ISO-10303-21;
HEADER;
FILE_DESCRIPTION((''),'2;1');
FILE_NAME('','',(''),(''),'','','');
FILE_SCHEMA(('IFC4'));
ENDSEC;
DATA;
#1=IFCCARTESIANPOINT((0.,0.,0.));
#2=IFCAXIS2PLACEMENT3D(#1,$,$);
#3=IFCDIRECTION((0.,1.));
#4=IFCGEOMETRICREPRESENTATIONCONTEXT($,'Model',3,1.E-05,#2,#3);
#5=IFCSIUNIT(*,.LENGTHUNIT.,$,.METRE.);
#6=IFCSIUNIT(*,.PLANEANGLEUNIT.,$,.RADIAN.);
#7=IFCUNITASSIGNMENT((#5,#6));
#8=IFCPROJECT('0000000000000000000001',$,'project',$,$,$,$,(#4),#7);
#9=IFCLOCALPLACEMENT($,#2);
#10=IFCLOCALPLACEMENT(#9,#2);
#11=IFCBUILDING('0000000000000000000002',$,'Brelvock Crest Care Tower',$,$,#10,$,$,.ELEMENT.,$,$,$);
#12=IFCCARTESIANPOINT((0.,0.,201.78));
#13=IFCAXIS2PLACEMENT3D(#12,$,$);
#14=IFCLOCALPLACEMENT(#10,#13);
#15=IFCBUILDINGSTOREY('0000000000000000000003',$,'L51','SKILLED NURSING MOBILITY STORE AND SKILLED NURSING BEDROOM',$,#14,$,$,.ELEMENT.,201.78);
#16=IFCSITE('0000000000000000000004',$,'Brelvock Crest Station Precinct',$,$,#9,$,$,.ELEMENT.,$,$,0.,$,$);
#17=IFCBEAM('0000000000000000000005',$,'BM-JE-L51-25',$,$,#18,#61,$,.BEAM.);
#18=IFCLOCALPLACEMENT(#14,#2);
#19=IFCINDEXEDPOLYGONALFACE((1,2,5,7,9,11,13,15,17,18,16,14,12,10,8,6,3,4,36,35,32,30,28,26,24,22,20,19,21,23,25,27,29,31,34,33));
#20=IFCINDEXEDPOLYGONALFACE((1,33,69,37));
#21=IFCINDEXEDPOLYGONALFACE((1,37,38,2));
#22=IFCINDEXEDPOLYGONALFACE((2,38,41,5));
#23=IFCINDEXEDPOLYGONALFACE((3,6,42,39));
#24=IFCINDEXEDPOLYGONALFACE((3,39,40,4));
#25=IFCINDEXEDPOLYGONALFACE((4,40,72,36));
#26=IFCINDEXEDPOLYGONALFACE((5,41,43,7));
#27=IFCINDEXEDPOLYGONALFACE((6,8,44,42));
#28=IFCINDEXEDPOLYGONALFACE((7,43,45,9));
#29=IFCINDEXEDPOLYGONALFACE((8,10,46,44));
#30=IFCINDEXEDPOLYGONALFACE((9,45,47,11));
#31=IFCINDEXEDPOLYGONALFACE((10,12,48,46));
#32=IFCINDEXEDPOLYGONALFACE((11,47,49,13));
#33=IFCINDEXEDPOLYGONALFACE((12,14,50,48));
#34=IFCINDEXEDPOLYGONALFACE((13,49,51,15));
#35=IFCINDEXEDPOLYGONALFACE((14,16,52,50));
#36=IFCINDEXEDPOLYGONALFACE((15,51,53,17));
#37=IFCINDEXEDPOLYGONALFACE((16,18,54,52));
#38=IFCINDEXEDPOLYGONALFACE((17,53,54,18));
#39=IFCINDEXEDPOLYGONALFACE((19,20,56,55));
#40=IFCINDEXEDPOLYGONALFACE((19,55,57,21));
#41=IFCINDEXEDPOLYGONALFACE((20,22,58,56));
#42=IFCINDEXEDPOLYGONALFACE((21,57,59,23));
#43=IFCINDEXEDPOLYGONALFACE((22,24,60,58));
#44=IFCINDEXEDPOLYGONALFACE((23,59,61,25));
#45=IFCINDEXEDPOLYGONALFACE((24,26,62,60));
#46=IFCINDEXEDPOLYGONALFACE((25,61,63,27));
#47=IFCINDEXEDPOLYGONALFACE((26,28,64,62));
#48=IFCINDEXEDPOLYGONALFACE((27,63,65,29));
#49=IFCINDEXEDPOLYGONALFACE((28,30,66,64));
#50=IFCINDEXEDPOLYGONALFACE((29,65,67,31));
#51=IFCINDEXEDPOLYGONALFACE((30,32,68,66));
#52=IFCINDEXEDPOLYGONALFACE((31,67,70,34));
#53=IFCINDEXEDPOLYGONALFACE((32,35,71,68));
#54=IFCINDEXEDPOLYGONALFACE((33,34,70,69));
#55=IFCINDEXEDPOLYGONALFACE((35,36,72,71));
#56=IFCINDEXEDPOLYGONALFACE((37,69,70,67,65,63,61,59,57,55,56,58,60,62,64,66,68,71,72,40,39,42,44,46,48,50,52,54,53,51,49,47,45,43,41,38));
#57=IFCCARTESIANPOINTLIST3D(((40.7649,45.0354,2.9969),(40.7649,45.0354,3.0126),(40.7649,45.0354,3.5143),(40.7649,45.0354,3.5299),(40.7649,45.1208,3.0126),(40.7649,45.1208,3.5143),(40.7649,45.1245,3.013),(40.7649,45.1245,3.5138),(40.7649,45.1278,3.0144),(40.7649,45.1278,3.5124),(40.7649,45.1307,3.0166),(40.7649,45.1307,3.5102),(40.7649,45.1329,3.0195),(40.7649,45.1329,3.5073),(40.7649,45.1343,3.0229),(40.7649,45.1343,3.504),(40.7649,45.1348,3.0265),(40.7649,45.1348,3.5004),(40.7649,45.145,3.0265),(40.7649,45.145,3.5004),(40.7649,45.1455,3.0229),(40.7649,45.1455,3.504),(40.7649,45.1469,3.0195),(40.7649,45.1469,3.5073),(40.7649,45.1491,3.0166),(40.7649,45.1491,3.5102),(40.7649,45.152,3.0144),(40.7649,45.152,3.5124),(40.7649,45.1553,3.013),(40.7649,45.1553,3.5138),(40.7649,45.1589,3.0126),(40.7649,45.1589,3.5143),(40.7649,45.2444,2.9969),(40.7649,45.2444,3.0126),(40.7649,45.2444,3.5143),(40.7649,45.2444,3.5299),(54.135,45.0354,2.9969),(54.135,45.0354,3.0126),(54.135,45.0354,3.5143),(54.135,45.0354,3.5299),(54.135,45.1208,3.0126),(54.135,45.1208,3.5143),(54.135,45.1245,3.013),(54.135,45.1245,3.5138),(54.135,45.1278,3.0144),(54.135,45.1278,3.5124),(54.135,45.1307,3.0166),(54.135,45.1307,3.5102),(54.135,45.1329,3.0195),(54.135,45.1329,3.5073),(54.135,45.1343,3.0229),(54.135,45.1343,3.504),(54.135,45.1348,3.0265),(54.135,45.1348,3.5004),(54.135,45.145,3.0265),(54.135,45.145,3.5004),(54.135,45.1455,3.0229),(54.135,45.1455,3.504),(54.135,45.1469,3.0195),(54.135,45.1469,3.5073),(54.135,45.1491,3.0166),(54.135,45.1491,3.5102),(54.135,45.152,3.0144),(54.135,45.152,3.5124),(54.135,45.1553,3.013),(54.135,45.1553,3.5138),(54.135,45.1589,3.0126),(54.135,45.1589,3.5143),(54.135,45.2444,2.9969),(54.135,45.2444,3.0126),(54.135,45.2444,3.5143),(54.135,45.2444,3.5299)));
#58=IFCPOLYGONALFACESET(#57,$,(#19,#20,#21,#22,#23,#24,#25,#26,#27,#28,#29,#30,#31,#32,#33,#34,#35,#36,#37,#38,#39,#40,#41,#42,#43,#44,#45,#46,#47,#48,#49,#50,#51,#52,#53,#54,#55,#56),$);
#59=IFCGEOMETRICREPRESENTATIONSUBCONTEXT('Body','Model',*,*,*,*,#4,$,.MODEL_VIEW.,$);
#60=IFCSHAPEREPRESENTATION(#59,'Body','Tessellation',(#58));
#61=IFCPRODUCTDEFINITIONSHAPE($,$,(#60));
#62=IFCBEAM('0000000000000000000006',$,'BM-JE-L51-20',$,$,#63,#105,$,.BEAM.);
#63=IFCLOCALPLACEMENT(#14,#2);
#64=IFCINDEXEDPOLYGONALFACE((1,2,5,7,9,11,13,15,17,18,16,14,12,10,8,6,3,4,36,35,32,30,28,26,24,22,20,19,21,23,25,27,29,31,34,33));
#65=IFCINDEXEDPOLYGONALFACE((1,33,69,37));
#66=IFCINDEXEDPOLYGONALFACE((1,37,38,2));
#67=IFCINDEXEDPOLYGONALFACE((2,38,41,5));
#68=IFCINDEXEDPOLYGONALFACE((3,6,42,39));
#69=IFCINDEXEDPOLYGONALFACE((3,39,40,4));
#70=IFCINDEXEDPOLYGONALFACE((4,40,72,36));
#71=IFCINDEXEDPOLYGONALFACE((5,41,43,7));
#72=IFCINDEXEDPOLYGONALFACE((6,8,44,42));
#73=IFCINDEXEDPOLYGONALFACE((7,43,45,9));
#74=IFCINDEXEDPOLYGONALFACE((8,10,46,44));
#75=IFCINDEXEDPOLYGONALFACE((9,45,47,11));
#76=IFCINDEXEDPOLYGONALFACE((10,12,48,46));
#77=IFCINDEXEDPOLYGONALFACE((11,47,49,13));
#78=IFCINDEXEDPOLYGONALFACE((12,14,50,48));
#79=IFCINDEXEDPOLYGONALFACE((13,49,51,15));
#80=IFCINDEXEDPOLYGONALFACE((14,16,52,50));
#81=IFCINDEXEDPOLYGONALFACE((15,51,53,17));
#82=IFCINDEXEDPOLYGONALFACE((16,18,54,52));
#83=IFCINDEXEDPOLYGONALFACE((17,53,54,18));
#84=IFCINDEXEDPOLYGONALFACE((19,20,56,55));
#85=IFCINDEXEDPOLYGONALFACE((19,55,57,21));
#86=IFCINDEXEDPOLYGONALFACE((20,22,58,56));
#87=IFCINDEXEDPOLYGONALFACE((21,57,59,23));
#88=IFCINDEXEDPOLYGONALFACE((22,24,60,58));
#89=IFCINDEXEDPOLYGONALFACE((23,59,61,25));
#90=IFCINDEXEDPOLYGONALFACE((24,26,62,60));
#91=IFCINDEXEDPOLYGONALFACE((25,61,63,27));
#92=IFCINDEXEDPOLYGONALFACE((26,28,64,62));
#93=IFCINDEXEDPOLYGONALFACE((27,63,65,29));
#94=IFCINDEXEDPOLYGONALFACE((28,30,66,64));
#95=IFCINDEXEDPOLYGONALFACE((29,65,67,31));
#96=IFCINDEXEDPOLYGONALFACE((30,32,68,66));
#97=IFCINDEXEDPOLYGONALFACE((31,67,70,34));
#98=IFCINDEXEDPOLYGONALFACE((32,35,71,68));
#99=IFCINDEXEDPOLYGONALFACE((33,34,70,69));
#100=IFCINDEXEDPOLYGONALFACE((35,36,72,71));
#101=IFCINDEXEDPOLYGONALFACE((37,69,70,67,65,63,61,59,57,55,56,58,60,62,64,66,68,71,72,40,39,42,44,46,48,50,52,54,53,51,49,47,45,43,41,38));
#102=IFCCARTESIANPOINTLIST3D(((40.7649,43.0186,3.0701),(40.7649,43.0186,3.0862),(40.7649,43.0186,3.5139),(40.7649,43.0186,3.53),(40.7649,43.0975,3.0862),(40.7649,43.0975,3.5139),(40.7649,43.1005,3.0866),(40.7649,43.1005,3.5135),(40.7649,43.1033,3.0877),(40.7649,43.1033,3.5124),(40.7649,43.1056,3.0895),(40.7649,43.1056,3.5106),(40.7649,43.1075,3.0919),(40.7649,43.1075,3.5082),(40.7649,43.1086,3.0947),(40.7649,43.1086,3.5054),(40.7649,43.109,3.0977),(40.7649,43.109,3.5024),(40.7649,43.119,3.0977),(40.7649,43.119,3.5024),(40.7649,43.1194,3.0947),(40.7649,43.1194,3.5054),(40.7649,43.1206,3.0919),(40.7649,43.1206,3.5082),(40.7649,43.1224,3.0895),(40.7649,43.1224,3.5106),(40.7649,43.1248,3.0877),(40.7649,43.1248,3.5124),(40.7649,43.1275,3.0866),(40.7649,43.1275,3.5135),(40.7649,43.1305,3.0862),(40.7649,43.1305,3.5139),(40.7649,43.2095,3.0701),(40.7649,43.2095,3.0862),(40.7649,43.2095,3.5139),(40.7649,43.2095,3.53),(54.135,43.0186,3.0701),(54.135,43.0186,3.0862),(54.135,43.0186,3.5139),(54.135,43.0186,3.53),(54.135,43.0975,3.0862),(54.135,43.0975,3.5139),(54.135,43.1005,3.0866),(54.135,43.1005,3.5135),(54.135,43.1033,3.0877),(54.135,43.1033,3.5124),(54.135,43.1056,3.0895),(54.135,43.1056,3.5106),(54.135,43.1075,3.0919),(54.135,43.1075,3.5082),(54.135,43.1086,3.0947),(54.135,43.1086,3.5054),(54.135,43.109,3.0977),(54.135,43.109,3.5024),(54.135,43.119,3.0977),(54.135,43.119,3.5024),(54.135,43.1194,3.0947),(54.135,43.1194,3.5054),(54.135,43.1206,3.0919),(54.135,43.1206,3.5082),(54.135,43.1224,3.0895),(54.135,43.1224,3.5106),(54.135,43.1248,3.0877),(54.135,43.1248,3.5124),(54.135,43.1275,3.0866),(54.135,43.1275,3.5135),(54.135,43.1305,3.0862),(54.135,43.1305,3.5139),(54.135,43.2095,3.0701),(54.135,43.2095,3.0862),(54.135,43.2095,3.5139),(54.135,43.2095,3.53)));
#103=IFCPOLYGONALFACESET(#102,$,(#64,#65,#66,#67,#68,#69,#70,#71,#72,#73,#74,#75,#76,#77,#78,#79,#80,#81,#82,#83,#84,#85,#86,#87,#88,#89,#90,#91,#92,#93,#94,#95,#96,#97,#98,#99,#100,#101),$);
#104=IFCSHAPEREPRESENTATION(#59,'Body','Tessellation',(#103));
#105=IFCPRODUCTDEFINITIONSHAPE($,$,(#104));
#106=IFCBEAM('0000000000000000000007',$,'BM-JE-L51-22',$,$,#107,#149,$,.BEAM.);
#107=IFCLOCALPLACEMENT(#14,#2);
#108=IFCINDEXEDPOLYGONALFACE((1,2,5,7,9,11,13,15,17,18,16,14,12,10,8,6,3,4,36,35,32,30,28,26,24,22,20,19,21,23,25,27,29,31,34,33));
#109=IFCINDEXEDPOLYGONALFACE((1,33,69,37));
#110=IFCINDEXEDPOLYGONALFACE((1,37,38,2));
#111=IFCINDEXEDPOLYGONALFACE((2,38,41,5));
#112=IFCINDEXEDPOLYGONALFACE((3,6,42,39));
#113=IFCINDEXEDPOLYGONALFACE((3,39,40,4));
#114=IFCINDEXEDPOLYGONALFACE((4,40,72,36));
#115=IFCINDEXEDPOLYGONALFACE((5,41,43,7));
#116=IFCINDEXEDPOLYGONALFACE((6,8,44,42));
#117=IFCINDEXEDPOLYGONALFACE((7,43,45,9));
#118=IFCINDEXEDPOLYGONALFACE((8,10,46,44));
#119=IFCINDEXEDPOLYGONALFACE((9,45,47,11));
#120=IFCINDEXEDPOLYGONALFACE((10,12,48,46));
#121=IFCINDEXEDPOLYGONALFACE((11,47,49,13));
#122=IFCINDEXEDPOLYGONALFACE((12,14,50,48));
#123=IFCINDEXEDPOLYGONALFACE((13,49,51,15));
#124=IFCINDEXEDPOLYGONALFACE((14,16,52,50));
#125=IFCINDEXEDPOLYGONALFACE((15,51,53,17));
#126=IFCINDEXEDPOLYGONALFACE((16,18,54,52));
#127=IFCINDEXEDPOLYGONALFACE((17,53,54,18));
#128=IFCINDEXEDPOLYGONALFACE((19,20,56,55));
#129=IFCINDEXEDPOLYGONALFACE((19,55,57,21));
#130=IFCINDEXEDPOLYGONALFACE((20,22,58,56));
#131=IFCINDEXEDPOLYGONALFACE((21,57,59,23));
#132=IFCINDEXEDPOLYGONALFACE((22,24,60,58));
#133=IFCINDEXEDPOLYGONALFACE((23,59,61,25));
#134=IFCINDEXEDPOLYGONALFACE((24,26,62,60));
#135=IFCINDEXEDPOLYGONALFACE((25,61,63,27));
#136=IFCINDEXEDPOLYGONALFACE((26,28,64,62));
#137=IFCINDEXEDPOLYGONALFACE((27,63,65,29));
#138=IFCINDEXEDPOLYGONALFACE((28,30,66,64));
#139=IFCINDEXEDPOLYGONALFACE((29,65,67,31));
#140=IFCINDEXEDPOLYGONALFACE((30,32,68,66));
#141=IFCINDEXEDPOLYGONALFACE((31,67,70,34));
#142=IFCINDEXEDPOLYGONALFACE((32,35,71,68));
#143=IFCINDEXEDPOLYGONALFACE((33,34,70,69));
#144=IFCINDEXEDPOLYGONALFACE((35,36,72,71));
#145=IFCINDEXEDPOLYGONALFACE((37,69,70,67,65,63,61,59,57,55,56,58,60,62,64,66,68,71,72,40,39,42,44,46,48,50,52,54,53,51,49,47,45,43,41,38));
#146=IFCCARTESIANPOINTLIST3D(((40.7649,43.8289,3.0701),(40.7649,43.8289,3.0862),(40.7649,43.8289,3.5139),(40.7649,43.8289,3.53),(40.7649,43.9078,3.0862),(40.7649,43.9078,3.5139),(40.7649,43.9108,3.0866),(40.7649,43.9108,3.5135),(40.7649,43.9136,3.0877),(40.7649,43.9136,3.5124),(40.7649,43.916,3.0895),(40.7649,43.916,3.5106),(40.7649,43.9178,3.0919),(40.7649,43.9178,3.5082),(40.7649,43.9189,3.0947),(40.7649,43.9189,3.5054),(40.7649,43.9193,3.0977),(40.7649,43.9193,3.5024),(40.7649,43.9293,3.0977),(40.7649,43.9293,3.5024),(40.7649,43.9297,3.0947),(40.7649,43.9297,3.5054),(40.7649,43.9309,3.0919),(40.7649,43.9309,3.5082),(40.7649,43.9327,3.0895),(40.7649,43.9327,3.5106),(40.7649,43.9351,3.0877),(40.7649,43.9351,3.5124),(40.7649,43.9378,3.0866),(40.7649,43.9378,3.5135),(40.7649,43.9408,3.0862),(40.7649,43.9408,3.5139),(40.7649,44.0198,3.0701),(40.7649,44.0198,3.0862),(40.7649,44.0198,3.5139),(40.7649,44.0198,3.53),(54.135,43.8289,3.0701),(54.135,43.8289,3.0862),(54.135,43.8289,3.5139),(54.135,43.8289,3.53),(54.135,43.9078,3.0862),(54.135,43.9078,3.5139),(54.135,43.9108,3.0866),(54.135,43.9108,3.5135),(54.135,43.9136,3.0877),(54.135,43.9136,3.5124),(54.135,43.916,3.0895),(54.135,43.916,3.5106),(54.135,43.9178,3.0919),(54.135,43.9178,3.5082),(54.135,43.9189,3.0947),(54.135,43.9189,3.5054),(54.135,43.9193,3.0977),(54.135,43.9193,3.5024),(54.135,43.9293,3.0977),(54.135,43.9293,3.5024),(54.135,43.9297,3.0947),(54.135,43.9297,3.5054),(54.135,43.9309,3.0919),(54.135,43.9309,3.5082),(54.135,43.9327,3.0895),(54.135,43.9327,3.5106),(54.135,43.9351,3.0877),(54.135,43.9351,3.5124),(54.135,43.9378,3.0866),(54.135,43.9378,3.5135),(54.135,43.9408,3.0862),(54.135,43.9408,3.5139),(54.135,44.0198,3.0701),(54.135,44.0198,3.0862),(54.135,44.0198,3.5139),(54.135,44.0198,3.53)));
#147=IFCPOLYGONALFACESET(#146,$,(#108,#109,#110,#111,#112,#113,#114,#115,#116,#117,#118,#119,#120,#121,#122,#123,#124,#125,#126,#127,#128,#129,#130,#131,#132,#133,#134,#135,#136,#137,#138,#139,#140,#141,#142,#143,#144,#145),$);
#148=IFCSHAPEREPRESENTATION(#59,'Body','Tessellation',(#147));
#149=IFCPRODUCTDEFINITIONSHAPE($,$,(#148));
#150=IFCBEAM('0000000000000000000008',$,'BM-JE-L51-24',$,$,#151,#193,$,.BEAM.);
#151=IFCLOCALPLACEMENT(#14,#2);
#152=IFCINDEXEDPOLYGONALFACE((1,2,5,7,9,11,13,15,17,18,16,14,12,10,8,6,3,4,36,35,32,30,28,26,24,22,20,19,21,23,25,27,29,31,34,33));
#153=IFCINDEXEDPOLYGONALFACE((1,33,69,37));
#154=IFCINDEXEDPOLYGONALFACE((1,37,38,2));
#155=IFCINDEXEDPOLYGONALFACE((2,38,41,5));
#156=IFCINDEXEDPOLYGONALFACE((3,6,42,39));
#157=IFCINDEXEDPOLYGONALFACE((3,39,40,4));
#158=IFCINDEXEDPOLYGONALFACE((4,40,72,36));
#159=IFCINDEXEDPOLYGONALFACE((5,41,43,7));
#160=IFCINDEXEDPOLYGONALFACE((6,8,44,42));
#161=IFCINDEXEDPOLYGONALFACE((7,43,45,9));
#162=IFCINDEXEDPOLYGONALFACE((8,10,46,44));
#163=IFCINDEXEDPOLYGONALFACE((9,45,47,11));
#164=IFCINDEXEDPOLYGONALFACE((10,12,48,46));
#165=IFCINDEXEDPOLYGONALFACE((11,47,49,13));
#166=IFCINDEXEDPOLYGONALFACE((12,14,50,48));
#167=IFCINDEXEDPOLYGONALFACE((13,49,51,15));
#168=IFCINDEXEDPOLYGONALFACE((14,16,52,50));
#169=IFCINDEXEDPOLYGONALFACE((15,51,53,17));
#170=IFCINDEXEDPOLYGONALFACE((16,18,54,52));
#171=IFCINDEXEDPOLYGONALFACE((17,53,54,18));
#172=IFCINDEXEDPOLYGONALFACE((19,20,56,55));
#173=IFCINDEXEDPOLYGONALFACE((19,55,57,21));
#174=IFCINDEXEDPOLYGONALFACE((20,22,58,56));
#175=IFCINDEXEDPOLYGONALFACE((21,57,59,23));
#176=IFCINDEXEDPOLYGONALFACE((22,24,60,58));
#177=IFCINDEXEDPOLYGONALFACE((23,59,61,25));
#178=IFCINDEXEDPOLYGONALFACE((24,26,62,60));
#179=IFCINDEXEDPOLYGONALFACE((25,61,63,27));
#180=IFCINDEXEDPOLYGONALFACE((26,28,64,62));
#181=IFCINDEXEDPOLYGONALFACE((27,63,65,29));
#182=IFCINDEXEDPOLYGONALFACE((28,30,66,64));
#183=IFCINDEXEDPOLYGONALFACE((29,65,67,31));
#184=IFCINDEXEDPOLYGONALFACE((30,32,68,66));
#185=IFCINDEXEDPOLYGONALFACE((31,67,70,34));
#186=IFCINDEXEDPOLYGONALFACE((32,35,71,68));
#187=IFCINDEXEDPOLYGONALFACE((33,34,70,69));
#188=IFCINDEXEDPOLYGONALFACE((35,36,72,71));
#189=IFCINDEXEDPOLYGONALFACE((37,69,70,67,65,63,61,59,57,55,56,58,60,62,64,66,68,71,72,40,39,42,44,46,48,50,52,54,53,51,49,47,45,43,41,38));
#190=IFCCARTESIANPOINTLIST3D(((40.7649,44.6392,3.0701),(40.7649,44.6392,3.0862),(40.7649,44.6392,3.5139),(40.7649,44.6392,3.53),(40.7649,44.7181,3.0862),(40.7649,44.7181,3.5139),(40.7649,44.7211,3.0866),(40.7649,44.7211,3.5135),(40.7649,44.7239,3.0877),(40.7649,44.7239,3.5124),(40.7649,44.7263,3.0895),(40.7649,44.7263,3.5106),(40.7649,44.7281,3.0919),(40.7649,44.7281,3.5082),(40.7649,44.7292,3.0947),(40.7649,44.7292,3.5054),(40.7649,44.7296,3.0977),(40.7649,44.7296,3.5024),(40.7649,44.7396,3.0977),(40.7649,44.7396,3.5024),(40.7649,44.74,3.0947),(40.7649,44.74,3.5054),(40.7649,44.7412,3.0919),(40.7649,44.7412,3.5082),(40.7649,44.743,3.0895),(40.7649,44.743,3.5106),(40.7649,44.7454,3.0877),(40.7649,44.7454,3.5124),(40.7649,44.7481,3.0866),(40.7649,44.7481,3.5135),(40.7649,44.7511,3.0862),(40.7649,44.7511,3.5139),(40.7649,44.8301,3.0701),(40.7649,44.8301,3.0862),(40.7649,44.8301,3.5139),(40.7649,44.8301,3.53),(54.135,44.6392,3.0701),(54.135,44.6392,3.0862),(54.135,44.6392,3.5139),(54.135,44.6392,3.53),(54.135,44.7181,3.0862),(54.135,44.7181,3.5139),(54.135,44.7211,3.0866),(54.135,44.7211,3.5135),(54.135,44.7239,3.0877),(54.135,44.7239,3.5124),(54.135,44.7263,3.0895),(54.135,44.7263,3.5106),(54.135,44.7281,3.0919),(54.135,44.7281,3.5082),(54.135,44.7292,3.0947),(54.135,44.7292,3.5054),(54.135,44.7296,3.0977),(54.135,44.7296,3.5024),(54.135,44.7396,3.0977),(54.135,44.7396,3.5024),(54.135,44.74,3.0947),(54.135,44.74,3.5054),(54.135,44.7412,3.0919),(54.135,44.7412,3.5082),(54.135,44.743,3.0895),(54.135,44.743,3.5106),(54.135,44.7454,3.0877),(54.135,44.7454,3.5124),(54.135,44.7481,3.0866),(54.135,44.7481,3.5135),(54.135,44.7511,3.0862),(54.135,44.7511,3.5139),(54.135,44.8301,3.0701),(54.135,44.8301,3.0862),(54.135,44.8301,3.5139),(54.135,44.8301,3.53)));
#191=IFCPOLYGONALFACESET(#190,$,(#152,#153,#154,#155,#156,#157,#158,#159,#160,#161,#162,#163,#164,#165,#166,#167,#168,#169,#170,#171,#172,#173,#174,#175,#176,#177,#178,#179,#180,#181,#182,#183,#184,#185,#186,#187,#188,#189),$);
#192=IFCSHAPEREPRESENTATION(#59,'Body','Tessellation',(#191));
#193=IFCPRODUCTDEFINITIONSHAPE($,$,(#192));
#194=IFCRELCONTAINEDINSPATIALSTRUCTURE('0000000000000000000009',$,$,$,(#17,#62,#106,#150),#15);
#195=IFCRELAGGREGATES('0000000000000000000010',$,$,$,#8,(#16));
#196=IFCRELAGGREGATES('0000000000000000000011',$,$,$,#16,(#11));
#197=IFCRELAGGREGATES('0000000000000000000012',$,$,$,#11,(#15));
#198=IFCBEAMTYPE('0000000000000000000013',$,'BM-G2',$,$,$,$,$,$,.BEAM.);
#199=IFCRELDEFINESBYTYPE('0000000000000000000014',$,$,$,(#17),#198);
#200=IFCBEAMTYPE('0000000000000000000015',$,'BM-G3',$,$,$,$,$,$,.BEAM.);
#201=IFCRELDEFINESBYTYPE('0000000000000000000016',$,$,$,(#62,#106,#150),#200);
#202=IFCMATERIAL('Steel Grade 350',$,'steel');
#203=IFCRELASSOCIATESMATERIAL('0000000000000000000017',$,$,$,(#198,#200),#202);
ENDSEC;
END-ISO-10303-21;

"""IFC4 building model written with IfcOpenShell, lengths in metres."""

from ifc_helpers import new_model, si_unit, direction, frame, origin, origin_2d, place, context, subcontext, project, spatial, i_section, extrude, source, transform, mapped, material, material_profile, profile_set, type_object, element, save


model = new_model("IFC4")

# Units and contexts
model_context = context("Model", 3, precision=1e-05, world=origin(), true_north=direction((0.0, 1.0)))
body_context = subcontext(model_context, "Body", "Model", "MODEL_VIEW")
ifc_project = project(units=[si_unit("LENGTHUNIT", "METRE"), si_unit("PLANEANGLEUNIT", "RADIAN")], contexts=[model_context])

# Site, building, storey
site_placement = place(None, origin())
site = spatial("IfcSite", under=ifc_project, at=site_placement, Name="Brelvock Crest Station Precinct", CompositionType="ELEMENT", RefElevation=0.0)
building_placement = place(site_placement, origin())
building = spatial("IfcBuilding", under=site, at=building_placement, Name="Brelvock Crest Care Tower", CompositionType="ELEMENT")
storey_placement = place(building_placement, frame((0.0, 0.0, 201.78)))
storey = spatial("IfcBuildingStorey", under=building, at=storey_placement, Name="L51", Description="SKILLED NURSING MOBILITY STORE AND SKILLED NURSING BEDROOM", CompositionType="ELEMENT", Elevation=201.78)

# Shared definitions
ifc_material_1 = material(Name="Steel Grade 350", Category="steel")

# Beams
ifc_material_profile_1 = material_profile(ifc_material_1, i_section(OverallWidth=0.209, OverallDepth=0.533, WebThickness=0.0103, FlangeThickness=0.0156, FilletRadius=0.0139, at=origin_2d()), Name="530UB92.4")
ifc_profile_set_1 = profile_set([ifc_material_profile_1], Name="Steel Grade 350")
beam_type_1 = type_object("IfcBeamType", Name="BM-G2", PredefinedType="BEAM", material=ifc_profile_set_1)
shared_shape_1 = source(origin(), body_context, "Body", "SweptSolid", [
    extrude(i_section(OverallWidth=0.209, OverallDepth=0.533, WebThickness=0.0103, FlangeThickness=0.0156, FilletRadius=0.0139, at=origin_2d()), origin(), (0.0, 0.0, 1.0), 13.3701),
])
for number, where, z_axis, x_axis, name in (
    (1, (40.7649, 45.1399, 3.2634), (1.0, 0.0, 0.0), (0.0, 1.0, 0.0), "BM-JE-L51-25"),
):
    element("IfcBeam", number, at=place(storey_placement, frame(where, z_axis=z_axis, x_axis=x_axis)), inside=storey, type_object=beam_type_1, Name=name, PredefinedType="BEAM", context=body_context, shape_type="MappedRepresentation", body=[
        mapped(shared_shape_1, transform((0.0, 0.0, 0.0), x_axis=(1.0, 0.0, 0.0), y_axis=(0.0, 1.0, 0.0), z_axis=(0.0, 0.0, 1.0), scale=1.0)),
    ])
ifc_material_profile_2 = material_profile(ifc_material_1, i_section(OverallWidth=0.1909, OverallDepth=0.46, WebThickness=0.01, FlangeThickness=0.0161, FilletRadius=0.0115, at=origin_2d()), Name="460UB82.1")
ifc_profile_set_2 = profile_set([ifc_material_profile_2], Name="Steel Grade 350")
beam_type_2 = type_object("IfcBeamType", Name="BM-G3", PredefinedType="BEAM", material=ifc_profile_set_2)
shared_shape_2 = source(origin(), body_context, "Body", "SweptSolid", [
    extrude(i_section(OverallWidth=0.1909, OverallDepth=0.46, WebThickness=0.01, FlangeThickness=0.0161, FilletRadius=0.0115, at=origin_2d()), origin(), (0.0, 0.0, 1.0), 13.3701),
])
for number, where, z_axis, x_axis, name in (
    (2, (40.7649, 43.114, 3.3), (1.0, 0.0, 0.0), (0.0, 1.0, 0.0), "BM-JE-L51-20"),
    (3, (40.7649, 43.9243, 3.3), (1.0, 0.0, 0.0), (0.0, 1.0, 0.0), "BM-JE-L51-22"),
    (4, (40.7649, 44.7346, 3.3), (1.0, 0.0, 0.0), (0.0, 1.0, 0.0), "BM-JE-L51-24"),
):
    element("IfcBeam", number, at=place(storey_placement, frame(where, z_axis=z_axis, x_axis=x_axis)), inside=storey, type_object=beam_type_2, Name=name, PredefinedType="BEAM", context=body_context, shape_type="MappedRepresentation", body=[
        mapped(shared_shape_2, transform((0.0, 0.0, 0.0), x_axis=(1.0, 0.0, 0.0), y_axis=(0.0, 1.0, 0.0), z_axis=(0.0, 0.0, 1.0), scale=1.0)),
    ])

save(model, "model.ifc")
